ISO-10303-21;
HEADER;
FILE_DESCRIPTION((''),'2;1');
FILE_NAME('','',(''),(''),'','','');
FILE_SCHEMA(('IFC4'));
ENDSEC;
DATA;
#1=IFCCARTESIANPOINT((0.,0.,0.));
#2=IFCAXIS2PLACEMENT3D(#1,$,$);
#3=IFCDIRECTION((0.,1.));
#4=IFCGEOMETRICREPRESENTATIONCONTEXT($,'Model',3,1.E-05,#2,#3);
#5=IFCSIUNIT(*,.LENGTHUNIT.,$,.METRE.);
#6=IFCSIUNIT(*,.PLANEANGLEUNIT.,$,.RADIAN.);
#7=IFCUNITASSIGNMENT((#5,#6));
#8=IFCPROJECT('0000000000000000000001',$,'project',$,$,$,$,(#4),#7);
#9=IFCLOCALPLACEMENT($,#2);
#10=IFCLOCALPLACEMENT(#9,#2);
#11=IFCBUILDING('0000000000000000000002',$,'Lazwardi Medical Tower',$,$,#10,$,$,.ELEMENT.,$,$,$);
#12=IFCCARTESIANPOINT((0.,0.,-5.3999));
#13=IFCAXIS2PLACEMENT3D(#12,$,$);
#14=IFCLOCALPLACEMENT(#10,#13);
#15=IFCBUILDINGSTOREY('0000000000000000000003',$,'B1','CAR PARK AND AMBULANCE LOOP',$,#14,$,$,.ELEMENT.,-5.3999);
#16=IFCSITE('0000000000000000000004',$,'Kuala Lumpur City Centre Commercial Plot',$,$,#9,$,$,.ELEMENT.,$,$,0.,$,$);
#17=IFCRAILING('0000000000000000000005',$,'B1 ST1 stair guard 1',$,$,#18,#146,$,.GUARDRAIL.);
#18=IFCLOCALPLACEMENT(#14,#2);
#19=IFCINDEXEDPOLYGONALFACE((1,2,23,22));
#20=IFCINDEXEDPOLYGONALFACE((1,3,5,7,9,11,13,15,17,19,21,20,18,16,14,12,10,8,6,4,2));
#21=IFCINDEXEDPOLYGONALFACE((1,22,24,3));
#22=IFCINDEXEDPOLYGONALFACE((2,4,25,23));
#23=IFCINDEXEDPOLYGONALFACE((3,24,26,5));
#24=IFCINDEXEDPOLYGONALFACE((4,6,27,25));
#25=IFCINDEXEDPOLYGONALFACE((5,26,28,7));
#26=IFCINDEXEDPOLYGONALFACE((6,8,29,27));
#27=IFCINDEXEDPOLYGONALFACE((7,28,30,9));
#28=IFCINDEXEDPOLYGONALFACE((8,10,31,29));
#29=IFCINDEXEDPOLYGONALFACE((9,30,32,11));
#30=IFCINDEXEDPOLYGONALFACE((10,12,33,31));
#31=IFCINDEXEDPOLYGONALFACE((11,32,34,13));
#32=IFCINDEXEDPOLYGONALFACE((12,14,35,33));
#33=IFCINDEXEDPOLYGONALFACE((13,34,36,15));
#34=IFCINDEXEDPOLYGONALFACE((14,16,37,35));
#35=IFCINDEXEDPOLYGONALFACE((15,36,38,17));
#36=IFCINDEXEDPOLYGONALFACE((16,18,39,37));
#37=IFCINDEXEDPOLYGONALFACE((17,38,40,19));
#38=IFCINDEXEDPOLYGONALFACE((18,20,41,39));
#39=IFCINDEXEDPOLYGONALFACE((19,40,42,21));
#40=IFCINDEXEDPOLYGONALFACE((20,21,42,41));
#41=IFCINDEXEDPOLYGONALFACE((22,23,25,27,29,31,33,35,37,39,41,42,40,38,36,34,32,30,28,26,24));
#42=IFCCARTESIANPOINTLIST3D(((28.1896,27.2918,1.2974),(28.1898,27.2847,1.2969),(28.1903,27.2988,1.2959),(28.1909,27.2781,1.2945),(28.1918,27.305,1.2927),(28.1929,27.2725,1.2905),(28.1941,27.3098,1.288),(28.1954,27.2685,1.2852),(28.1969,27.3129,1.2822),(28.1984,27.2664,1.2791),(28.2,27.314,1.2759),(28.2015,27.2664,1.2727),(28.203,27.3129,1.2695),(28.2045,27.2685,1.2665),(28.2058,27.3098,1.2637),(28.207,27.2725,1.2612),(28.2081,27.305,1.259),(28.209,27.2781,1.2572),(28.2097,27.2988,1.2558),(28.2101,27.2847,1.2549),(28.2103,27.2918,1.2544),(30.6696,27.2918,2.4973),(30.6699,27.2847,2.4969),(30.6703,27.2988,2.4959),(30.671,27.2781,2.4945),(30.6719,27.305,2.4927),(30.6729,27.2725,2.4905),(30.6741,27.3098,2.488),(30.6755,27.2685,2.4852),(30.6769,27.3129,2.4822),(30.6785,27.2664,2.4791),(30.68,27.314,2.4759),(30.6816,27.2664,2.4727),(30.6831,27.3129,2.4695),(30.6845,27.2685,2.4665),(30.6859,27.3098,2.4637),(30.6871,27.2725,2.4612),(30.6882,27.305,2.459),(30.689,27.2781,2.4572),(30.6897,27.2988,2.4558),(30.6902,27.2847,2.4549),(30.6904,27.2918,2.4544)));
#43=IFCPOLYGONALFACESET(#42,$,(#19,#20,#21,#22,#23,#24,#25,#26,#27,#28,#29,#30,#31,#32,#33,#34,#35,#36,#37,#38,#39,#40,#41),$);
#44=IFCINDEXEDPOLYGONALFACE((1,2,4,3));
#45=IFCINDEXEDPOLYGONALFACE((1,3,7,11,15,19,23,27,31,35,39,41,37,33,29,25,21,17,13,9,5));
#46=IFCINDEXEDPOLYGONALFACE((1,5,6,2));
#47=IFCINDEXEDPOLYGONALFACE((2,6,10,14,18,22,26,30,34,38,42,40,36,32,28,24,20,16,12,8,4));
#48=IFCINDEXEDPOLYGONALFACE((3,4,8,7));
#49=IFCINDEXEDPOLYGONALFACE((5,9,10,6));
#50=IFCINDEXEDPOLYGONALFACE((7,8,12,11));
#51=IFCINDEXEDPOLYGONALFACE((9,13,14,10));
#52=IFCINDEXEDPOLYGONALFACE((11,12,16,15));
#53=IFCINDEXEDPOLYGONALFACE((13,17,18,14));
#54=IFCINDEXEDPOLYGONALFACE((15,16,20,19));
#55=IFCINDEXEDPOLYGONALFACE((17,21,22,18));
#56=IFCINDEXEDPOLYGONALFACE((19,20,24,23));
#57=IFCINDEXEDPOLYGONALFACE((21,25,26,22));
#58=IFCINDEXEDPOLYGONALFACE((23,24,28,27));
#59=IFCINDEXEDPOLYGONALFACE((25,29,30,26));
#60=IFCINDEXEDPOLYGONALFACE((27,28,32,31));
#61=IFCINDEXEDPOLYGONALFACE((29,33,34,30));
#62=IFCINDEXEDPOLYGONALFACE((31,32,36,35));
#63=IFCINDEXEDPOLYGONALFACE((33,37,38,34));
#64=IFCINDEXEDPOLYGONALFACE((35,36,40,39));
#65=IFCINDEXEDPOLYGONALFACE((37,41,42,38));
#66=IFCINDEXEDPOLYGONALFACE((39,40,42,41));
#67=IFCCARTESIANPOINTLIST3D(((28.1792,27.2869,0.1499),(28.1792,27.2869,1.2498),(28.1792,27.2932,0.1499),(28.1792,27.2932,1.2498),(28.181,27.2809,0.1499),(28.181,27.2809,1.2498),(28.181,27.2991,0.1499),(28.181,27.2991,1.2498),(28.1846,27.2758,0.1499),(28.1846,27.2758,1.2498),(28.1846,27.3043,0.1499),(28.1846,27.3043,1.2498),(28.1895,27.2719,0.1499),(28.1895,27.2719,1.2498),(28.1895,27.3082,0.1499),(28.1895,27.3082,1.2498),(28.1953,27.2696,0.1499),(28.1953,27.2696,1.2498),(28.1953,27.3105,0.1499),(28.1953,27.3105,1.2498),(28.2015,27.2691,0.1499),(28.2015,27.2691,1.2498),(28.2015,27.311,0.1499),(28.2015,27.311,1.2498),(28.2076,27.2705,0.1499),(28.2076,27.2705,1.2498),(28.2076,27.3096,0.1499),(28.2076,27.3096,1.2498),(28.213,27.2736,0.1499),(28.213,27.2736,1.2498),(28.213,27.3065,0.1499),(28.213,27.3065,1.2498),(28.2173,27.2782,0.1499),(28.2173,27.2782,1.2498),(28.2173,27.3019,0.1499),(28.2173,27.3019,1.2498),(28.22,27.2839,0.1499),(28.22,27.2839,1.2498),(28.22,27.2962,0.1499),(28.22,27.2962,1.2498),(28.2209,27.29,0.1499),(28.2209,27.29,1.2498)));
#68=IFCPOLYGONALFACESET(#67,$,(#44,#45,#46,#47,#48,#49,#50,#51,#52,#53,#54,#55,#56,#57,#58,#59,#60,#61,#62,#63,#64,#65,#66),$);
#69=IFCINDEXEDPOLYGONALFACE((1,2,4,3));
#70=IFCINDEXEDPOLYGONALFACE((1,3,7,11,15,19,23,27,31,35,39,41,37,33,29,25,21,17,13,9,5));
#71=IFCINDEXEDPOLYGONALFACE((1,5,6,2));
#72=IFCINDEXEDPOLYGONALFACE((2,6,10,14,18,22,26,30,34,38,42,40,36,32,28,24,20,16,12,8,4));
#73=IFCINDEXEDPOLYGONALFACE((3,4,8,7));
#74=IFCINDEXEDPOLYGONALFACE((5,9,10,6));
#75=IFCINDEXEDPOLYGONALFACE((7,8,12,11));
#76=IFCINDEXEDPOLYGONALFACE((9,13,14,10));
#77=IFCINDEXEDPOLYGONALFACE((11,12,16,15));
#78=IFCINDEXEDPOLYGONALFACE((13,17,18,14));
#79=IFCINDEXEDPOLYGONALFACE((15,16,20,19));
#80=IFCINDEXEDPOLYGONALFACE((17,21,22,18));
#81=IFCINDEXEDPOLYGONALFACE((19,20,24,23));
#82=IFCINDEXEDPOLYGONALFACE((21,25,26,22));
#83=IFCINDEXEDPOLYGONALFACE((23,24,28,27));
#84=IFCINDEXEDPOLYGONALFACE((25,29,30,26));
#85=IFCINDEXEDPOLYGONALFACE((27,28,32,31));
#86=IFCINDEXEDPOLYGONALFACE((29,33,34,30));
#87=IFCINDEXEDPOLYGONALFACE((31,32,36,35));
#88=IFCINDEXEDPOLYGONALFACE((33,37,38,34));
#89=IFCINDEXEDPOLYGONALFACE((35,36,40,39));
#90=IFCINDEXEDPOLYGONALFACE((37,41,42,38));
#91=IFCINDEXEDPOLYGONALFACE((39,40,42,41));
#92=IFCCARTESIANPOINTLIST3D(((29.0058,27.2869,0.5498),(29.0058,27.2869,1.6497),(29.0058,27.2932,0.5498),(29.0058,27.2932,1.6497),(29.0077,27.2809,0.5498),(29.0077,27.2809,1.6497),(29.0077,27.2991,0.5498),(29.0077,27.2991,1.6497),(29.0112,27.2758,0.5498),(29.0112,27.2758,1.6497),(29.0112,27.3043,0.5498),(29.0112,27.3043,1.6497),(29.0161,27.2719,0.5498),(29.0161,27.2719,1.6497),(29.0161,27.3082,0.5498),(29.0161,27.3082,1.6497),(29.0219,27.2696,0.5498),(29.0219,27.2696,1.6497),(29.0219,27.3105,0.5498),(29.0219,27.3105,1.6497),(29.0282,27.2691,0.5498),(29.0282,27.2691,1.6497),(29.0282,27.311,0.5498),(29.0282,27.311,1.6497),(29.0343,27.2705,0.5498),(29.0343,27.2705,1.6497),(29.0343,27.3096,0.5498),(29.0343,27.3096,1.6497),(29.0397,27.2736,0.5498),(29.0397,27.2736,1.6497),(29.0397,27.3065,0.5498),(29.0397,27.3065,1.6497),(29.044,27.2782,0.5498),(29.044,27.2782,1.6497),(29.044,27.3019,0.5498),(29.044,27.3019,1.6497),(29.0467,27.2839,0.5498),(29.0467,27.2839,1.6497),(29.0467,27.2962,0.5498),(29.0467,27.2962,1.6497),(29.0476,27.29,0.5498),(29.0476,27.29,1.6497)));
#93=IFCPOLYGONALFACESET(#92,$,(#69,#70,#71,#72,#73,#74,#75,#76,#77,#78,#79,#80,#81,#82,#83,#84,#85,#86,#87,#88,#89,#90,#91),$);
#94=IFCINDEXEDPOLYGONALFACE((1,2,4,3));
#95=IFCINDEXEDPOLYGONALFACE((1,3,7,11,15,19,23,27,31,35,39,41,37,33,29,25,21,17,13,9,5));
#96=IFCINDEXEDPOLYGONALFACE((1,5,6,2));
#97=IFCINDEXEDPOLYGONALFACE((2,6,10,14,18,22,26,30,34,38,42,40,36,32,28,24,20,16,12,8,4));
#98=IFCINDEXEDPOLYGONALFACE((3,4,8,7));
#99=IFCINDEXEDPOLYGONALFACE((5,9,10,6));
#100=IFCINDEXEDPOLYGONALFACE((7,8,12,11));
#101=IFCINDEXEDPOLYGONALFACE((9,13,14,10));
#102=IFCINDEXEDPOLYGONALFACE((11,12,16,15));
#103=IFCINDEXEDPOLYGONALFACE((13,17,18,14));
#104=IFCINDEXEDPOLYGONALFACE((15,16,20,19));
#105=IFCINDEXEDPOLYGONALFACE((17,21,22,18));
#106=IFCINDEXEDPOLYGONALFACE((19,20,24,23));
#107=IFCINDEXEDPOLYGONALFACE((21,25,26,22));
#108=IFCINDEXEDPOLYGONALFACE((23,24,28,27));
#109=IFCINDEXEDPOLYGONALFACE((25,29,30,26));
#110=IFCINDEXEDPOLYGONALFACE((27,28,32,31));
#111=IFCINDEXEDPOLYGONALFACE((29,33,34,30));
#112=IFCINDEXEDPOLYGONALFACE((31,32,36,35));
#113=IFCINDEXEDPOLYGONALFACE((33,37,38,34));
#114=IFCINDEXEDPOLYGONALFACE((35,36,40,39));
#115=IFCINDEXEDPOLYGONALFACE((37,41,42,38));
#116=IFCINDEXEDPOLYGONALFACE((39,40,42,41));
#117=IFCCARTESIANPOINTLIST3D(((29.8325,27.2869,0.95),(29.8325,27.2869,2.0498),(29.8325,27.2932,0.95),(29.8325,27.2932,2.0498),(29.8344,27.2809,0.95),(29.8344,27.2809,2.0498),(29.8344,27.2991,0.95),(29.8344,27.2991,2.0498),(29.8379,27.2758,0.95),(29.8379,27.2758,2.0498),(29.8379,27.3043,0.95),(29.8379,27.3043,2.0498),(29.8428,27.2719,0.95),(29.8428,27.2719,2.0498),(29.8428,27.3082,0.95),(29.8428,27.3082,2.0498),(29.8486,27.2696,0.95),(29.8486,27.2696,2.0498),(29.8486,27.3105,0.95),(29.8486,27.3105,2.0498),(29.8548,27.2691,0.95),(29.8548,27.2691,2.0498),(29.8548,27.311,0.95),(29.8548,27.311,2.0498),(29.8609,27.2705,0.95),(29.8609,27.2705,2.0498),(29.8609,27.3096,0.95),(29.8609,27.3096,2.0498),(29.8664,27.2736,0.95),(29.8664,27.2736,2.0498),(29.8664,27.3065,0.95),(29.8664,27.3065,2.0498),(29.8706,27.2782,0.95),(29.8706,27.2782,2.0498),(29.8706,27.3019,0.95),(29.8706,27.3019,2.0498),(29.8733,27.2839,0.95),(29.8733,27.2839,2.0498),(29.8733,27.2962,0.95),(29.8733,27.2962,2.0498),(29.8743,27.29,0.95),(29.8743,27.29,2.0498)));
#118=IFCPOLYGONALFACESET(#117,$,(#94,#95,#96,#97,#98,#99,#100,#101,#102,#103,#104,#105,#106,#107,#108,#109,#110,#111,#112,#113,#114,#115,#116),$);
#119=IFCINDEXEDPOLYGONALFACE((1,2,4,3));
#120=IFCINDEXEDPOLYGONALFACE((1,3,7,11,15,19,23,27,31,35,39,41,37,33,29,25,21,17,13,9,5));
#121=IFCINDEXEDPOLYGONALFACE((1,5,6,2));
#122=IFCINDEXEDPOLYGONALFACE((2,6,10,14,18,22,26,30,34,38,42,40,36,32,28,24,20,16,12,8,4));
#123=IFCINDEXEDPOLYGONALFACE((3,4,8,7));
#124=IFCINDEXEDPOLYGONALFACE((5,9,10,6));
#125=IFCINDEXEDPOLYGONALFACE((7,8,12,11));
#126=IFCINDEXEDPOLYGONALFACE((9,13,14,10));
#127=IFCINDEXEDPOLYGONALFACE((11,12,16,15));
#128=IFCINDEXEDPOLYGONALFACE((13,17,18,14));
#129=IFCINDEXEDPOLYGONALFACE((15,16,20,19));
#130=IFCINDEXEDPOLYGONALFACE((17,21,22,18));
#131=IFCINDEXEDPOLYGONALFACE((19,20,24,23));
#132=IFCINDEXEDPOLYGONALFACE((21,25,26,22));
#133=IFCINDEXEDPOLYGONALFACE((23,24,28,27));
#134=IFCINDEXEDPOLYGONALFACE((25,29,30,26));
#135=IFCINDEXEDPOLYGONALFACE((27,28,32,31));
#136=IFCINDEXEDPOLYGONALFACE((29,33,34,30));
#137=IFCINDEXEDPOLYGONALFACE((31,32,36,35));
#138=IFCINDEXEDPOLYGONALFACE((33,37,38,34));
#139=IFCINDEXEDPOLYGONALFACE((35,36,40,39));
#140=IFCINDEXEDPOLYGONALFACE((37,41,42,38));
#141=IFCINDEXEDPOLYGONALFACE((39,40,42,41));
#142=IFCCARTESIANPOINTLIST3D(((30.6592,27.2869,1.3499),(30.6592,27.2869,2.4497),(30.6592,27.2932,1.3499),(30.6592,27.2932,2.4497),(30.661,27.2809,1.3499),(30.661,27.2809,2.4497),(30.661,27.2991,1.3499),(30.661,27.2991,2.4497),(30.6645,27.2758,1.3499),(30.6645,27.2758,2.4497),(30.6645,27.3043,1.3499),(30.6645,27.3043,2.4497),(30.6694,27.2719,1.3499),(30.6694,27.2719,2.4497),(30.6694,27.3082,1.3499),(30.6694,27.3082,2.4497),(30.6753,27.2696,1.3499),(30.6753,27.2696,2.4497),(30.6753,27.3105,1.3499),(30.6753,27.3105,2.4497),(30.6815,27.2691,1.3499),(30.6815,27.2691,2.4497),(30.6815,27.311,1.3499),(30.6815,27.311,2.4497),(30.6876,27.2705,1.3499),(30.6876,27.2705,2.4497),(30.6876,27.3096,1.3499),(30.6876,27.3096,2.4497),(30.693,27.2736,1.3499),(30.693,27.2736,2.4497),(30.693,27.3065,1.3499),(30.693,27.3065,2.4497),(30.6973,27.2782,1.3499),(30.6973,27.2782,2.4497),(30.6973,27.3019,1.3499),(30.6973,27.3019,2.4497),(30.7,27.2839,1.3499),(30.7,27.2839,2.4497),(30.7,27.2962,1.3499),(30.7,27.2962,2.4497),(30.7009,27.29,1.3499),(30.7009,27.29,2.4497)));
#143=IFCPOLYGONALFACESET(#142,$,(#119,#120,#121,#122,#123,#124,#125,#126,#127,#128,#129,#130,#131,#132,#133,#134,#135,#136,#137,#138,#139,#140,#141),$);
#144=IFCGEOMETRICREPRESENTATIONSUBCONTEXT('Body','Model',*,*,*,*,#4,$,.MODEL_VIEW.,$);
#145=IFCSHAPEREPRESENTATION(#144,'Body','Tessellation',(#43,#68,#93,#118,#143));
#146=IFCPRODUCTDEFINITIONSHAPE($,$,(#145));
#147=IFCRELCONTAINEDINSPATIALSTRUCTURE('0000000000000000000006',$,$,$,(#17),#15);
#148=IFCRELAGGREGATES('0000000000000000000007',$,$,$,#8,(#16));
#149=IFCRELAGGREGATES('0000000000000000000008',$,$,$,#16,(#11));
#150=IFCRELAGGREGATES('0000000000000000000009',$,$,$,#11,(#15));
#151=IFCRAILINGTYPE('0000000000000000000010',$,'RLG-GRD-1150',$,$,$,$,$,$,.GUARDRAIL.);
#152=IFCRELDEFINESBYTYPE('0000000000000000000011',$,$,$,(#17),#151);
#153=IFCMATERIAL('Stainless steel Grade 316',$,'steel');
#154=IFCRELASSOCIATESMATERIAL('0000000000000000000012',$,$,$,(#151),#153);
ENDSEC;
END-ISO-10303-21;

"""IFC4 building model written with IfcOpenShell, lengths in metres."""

from ifc_helpers import new_model, si_unit, direction, frame, origin, origin_2d, place, context, subcontext, project, spatial, circle, extrude, material, type_object, element, save


model = new_model("IFC4")

# Units and contexts
model_context = context("Model", 3, precision=1e-05, world=origin(), true_north=direction((0.0, 1.0)))
body_context = subcontext(model_context, "Body", "Model", "MODEL_VIEW")
ifc_project = project(units=[si_unit("LENGTHUNIT", "METRE"), si_unit("PLANEANGLEUNIT", "RADIAN")], contexts=[model_context])

# Site, building, storey
site_placement = place(None, origin())
site = spatial("IfcSite", under=ifc_project, at=site_placement, Name="Kuala Lumpur City Centre Commercial Plot", CompositionType="ELEMENT", RefElevation=0.0)
building_placement = place(site_placement, origin())
building = spatial("IfcBuilding", under=site, at=building_placement, Name="Lazwardi Medical Tower", CompositionType="ELEMENT")
storey_placement = place(building_placement, frame((0.0, 0.0, -5.3999)))
storey = spatial("IfcBuildingStorey", under=building, at=storey_placement, Name="B1", Description="CAR PARK AND AMBULANCE LOOP", CompositionType="ELEMENT", Elevation=-5.3999)

# Railing
ifc_material_1 = material(Name="Stainless steel Grade 316", Category="steel")
railing_type_1 = type_object("IfcRailingType", Name="RLG-GRD-1150", PredefinedType="GUARDRAIL", material=ifc_material_1)
railing_1_placement = place(storey_placement, frame((28.2, 27.29, 0.1499)))
element("IfcRailing", 1, at=railing_1_placement, inside=storey, type_object=railing_type_1, Name="B1 ST1 stair guard 1", PredefinedType="GUARDRAIL", context=body_context, shape_type="SweptSolid", body=[
    extrude(circle(Radius=0.0239, at=origin_2d()), frame((0.0, 0.0, 1.126), z_axis=(0.900165, 0.0, 0.435549), x_axis=(0.0, 1.0, 0.0)), (0.0, 0.0, 1.0), 2.7551),
    extrude(circle(Radius=0.021, at=origin_2d()), origin(), (0.0, 0.0, 1.0), 1.0999),
    extrude(circle(Radius=0.021, at=origin_2d()), frame((0.8267, 0.0, 0.3999)), (0.0, 0.0, 1.0), 1.0999),
    extrude(circle(Radius=0.021, at=origin_2d()), frame((1.6533, 0.0, 0.8)), (0.0, 0.0, 1.0), 1.0999),
    extrude(circle(Radius=0.021, at=origin_2d()), frame((2.48, 0.0, 1.2)), (0.0, 0.0, 1.0), 1.0999),
])

save(model, "model.ifc")
